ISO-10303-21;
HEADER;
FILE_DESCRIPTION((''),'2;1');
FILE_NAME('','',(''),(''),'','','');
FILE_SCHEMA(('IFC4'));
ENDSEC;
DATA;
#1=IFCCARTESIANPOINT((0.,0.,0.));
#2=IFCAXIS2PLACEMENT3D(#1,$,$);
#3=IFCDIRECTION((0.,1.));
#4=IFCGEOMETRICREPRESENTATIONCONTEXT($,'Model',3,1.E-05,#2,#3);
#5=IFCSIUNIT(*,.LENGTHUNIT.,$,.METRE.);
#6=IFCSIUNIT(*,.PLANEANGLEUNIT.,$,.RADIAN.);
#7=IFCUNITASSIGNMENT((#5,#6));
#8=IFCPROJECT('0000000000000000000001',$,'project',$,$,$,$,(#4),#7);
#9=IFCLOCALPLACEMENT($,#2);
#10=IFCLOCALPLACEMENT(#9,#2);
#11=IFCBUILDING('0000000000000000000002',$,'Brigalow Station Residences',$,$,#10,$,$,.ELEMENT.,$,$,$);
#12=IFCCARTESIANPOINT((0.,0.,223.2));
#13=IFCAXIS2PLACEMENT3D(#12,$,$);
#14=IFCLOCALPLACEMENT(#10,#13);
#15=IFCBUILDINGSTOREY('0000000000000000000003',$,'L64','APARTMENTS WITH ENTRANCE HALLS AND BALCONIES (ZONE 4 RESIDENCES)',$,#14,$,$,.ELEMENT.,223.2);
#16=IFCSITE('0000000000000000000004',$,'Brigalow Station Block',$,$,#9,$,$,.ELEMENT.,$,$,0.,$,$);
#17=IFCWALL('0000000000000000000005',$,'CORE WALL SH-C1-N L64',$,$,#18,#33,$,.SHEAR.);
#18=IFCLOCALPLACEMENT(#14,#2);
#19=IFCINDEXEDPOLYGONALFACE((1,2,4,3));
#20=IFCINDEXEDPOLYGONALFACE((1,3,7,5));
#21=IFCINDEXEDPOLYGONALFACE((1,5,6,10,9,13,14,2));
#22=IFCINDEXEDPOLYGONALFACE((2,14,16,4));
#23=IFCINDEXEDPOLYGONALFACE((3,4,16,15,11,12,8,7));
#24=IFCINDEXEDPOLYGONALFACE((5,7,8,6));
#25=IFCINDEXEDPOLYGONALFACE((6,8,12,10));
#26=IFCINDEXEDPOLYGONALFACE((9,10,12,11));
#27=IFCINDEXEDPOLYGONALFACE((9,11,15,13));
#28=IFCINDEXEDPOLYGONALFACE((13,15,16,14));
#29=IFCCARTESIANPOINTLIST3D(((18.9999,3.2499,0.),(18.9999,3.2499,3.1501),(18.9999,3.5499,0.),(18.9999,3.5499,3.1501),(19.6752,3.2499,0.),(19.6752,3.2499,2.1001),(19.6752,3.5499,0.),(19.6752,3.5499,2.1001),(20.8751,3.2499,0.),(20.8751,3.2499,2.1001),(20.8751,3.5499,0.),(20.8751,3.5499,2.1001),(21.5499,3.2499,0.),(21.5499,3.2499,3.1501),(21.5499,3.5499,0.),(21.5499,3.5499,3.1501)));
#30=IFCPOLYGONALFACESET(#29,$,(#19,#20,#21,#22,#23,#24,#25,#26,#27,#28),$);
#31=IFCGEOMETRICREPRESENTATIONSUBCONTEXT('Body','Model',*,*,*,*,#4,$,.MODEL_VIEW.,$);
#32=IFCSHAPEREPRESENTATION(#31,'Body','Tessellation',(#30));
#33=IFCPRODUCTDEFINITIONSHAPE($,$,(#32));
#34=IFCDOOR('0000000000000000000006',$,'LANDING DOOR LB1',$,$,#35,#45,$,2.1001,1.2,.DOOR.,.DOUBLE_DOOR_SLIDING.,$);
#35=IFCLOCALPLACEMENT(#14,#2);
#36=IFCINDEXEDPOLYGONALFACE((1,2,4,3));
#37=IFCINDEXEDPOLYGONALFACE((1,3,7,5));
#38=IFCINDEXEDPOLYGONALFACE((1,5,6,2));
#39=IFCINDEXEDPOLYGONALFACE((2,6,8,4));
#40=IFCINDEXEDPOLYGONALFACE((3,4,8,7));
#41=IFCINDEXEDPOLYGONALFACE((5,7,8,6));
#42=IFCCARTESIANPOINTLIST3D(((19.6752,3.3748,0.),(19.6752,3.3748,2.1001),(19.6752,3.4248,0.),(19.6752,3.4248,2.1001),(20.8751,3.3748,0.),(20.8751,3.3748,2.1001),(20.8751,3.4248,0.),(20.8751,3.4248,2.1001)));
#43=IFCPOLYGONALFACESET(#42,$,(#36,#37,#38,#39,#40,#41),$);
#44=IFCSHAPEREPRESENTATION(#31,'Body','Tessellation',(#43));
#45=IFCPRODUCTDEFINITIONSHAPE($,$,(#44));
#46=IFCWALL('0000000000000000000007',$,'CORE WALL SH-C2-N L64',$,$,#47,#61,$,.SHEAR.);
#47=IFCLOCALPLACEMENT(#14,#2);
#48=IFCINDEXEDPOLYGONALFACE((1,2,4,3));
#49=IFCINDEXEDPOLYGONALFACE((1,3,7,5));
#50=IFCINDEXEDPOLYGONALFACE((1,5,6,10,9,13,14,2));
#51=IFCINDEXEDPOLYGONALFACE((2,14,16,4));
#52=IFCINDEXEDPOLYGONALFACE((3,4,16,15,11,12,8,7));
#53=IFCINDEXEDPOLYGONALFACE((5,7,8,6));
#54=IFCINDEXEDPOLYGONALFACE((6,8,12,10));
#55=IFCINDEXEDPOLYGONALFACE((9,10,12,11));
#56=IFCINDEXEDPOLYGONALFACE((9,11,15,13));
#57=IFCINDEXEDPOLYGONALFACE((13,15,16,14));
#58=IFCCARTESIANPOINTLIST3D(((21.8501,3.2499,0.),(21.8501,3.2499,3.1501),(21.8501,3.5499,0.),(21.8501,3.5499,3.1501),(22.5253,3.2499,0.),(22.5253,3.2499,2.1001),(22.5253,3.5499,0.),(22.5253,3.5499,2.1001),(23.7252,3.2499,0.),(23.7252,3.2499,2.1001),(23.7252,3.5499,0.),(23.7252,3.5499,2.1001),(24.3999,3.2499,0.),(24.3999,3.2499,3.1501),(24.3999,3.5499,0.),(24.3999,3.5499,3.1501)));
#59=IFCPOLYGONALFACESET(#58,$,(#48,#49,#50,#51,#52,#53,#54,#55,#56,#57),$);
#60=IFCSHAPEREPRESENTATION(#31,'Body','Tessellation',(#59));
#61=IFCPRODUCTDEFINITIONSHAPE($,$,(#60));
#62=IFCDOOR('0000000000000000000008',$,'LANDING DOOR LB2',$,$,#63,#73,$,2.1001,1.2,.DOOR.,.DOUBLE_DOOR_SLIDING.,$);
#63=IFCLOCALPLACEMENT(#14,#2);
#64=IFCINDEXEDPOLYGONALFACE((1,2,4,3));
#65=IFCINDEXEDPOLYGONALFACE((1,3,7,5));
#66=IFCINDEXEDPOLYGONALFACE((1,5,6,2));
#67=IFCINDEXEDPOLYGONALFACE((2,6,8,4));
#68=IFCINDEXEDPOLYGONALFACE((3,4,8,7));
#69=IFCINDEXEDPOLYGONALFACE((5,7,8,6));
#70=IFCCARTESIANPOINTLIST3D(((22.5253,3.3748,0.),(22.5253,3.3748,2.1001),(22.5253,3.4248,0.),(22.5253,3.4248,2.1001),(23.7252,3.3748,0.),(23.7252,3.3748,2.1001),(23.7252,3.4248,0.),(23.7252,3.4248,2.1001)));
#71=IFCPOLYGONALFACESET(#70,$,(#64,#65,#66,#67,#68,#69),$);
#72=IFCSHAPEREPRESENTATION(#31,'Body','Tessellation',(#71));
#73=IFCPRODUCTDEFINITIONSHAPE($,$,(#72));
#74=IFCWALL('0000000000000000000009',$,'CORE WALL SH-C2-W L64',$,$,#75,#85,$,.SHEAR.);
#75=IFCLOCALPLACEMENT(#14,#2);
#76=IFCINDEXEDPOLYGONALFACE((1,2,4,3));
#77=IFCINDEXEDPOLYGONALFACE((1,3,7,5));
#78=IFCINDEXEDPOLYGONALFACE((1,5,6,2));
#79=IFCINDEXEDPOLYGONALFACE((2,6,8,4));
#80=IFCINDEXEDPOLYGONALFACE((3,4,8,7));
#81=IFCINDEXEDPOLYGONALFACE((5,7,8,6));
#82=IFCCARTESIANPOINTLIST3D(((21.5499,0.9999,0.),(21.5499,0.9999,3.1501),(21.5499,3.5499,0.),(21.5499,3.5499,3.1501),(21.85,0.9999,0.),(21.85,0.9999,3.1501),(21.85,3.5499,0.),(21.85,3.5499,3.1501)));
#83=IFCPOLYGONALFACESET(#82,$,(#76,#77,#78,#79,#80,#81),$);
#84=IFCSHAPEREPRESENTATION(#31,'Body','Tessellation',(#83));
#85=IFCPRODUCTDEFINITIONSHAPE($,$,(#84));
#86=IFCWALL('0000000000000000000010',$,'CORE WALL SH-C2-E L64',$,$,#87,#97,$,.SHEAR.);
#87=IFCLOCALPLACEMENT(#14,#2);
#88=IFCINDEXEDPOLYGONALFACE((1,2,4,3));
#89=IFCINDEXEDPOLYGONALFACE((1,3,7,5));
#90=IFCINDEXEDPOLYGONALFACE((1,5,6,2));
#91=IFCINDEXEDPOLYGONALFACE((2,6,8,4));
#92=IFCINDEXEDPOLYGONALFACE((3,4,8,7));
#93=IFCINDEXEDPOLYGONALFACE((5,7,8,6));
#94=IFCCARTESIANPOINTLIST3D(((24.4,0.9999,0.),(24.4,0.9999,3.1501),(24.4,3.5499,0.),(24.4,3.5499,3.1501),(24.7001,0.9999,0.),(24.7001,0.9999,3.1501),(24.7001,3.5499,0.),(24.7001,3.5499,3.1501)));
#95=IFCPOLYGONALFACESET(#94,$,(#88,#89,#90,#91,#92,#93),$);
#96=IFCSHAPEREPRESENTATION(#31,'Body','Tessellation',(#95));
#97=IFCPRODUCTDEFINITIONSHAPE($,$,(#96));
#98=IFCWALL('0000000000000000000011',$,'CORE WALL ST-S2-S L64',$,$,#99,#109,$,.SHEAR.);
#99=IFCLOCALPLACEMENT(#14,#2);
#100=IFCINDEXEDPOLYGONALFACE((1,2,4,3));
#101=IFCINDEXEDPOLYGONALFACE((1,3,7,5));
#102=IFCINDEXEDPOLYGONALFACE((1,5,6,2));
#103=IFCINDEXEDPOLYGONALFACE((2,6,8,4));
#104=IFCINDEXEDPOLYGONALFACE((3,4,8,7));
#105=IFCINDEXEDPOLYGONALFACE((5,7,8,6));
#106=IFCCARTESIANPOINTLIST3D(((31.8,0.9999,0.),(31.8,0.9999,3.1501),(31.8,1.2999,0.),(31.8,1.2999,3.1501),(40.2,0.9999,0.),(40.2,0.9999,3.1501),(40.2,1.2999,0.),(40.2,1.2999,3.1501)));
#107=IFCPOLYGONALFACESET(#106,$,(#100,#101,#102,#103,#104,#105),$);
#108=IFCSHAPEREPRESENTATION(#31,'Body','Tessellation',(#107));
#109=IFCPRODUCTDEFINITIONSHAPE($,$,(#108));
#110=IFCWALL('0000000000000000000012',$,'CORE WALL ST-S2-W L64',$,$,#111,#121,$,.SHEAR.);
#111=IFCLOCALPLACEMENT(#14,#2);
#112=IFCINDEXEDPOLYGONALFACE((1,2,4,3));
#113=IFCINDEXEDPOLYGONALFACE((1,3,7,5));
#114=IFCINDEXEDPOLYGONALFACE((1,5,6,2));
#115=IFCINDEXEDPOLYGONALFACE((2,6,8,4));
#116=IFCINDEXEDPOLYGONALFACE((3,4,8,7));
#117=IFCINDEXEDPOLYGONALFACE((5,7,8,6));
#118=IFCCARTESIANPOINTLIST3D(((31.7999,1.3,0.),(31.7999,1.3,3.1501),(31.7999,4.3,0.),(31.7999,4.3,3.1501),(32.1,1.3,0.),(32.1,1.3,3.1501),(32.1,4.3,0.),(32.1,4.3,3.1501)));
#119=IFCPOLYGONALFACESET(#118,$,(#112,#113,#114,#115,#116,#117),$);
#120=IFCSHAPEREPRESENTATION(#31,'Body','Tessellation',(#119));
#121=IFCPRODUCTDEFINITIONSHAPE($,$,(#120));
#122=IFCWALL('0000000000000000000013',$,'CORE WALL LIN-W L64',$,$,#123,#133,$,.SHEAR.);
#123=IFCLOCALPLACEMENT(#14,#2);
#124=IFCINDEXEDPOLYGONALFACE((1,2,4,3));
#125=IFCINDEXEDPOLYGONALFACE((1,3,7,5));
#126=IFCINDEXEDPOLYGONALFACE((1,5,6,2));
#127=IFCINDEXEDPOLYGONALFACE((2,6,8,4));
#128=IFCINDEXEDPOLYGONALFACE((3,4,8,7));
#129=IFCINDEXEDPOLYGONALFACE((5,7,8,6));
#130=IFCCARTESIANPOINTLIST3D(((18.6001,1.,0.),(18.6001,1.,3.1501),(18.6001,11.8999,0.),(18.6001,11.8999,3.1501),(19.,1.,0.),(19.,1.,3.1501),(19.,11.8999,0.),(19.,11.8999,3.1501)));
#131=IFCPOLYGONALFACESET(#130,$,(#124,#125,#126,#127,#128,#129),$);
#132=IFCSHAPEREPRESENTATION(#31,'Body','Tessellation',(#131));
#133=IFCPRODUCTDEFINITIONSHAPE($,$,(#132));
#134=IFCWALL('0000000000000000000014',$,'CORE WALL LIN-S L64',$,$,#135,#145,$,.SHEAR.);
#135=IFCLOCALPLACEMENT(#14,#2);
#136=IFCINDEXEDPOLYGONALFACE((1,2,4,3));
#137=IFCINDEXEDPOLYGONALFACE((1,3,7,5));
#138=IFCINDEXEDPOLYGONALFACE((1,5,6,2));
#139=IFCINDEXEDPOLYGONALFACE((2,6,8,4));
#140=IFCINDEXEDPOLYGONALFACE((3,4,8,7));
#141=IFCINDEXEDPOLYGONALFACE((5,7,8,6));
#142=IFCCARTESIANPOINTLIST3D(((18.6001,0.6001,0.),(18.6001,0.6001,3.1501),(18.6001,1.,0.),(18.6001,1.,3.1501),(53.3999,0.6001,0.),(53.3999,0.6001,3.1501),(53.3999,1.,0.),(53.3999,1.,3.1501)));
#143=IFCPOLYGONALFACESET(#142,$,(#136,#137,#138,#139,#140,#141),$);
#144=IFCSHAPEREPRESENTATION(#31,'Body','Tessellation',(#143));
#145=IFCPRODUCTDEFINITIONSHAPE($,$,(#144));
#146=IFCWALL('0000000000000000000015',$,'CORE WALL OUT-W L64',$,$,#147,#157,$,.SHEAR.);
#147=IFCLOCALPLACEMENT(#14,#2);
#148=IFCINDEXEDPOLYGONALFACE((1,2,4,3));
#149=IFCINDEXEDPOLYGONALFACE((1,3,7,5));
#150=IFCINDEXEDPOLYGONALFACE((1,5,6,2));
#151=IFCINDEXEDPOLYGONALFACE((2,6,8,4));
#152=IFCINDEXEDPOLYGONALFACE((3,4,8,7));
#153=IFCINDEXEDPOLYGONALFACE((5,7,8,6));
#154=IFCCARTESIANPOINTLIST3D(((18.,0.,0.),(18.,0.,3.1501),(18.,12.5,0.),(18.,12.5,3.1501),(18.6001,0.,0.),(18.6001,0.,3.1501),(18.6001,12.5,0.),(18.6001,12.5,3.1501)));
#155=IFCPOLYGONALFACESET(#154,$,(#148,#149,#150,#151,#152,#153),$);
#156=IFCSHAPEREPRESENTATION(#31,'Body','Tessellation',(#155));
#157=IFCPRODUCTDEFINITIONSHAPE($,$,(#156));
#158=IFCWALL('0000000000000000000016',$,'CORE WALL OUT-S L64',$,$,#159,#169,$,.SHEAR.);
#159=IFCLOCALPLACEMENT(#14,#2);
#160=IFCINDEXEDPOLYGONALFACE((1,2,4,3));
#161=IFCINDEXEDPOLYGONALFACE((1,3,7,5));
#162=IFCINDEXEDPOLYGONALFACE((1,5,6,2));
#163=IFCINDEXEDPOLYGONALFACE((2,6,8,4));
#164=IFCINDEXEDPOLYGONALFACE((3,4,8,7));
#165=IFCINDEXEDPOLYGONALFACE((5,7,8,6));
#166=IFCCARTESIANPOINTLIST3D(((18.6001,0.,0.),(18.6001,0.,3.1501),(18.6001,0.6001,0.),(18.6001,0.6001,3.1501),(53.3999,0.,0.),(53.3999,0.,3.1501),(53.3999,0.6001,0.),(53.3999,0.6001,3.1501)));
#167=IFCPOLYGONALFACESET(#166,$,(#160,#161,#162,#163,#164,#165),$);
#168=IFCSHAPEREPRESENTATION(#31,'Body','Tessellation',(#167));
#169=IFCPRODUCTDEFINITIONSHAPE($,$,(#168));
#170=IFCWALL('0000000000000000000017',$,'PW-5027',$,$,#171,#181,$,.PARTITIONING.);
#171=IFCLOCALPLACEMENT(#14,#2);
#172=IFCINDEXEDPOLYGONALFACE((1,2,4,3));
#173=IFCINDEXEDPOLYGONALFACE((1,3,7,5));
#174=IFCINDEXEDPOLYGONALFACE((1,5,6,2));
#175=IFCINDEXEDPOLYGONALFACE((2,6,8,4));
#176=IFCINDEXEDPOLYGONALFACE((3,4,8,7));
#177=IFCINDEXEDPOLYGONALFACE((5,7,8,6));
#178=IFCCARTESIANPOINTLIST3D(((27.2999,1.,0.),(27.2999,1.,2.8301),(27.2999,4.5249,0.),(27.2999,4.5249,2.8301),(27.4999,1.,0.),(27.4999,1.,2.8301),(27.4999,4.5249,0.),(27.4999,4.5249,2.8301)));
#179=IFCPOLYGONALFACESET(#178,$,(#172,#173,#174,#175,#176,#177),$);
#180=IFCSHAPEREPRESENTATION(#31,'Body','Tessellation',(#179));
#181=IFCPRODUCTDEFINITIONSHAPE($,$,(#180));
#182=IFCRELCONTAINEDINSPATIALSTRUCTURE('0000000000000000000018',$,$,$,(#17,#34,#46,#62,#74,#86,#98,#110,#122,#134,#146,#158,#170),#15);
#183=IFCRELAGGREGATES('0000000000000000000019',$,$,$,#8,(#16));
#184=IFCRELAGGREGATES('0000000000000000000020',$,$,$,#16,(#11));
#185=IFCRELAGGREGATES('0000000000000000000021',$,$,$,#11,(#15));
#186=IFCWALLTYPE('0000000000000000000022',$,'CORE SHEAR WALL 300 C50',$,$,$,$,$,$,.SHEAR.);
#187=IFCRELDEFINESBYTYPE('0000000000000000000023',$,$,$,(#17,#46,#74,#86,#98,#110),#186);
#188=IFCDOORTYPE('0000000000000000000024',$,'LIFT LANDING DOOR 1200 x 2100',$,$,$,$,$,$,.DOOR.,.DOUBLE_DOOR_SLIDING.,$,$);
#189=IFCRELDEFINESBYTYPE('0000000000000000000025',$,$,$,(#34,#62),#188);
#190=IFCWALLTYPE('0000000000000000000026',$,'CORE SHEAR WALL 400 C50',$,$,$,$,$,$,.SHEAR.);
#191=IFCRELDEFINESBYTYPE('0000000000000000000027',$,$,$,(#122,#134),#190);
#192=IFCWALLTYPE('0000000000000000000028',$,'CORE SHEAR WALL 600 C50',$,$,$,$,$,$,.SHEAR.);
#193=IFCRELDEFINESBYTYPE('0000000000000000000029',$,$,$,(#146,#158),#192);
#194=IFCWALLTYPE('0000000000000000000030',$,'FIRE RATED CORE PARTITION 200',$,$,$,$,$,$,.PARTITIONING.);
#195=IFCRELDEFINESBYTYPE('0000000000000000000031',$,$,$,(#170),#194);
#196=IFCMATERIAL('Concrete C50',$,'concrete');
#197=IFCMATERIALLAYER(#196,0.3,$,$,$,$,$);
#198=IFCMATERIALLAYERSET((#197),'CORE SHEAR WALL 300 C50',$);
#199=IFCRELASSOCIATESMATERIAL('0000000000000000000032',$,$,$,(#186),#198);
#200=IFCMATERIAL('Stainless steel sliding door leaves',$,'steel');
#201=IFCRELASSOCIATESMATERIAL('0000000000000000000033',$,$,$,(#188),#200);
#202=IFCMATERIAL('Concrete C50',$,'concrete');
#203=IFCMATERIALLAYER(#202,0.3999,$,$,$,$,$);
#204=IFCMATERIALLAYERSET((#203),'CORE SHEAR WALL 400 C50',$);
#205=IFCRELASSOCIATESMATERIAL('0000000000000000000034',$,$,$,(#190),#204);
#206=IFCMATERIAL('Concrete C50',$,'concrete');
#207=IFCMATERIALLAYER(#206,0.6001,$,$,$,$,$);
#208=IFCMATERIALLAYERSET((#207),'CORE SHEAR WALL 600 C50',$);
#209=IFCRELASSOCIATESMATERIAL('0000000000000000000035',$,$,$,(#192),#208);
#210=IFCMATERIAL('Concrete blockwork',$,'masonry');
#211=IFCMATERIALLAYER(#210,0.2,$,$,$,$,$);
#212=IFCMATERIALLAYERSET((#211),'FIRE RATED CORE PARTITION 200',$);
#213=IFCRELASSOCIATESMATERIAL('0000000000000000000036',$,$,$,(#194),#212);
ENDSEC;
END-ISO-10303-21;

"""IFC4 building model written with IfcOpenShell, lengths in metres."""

from ifc_helpers import new_model, si_unit, direction, frame, frame_2d, origin, place, context, subcontext, project, spatial, rectangle, extrude, material, layer, layer_set, type_object, element, fill, save


model = new_model("IFC4")

# Units and contexts
model_context = context("Model", 3, precision=1e-05, world=origin(), true_north=direction((0.0, 1.0)))
body_context = subcontext(model_context, "Body", "Model", "MODEL_VIEW")
ifc_project = project(units=[si_unit("LENGTHUNIT", "METRE"), si_unit("PLANEANGLEUNIT", "RADIAN")], contexts=[model_context])

# Site, building, storey
site_placement = place(None, origin())
site = spatial("IfcSite", under=ifc_project, at=site_placement, Name="Brigalow Station Block", CompositionType="ELEMENT", RefElevation=0.0)
building_placement = place(site_placement, origin())
building = spatial("IfcBuilding", under=site, at=building_placement, Name="Brigalow Station Residences", CompositionType="ELEMENT")
storey_placement = place(building_placement, frame((0.0, 0.0, 223.2)))
storey = spatial("IfcBuildingStorey", under=building, at=storey_placement, Name="L64", Description="APARTMENTS WITH ENTRANCE HALLS AND BALCONIES (ZONE 4 RESIDENCES)", CompositionType="ELEMENT", Elevation=223.2)

# Walls, openings, doors
ifc_material_1 = material(Name="Concrete C50", Category="concrete")
ifc_layer_1 = layer(ifc_material_1, 0.3)
ifc_layer_set_1 = layer_set([ifc_layer_1], Name="CORE SHEAR WALL 300 C50")
wall_type_1 = type_object("IfcWallType", Name="CORE SHEAR WALL 300 C50", PredefinedType="SHEAR", material=ifc_layer_set_1)
wall_1_placement = place(storey_placement, frame((19.0, 3.3999, 0.0), z_axis=(0.0, 0.0, 1.0), x_axis=(1.0, 0.0, 0.0)))
wall_1 = element("IfcWall", 1, at=wall_1_placement, inside=storey, type_object=wall_type_1, Name="CORE WALL SH-C1-N L64", PredefinedType="SHEAR", context=body_context, shape_type="SweptSolid", body=[
    extrude(rectangle(XDim=2.55, YDim=0.3, at=frame_2d((1.2749, 0.0))), origin(), (0.0, 0.0, 1.0), 3.1501),
])
opening_1_placement = place(wall_1_placement, frame((0.675, 0.0, 0.0)))
opening_1 = element("IfcOpeningElement", 2, at=opening_1_placement, cuts=wall_1, PredefinedType="OPENING", context=body_context, shape_type="SweptSolid", body=[
    extrude(rectangle(XDim=1.2, YDim=2.1001, at=frame_2d((0.6001, 1.05))), frame((0.0, 0.1602, 0.0), z_axis=(0.0, -1.0, 0.0), x_axis=(1.0, 0.0, 0.0)), (0.0, 0.0, 1.0), 0.3201),
])
ifc_material_2 = material(Name="Stainless steel sliding door leaves", Category="steel")
door_type = type_object("IfcDoorType", Name="LIFT LANDING DOOR 1200 x 2100", OperationType="DOUBLE_DOOR_SLIDING", PredefinedType="DOOR", material=ifc_material_2)
door_1_placement = place(opening_1_placement, origin())
door_1 = element("IfcDoor", 3, at=door_1_placement, inside=storey, type_object=door_type, Name="LANDING DOOR LB1", OperationType="DOUBLE_DOOR_SLIDING", OverallHeight=2.1001, OverallWidth=1.2, PredefinedType="DOOR", context=body_context, shape_type="SweptSolid", body=[
    extrude(rectangle(XDim=1.2, YDim=2.1001, at=frame_2d((0.6001, 1.05))), frame((0.0, 0.0249, 0.0), z_axis=(0.0, -1.0, 0.0), x_axis=(1.0, 0.0, 0.0)), (0.0, 0.0, 1.0), 0.05),
])
fill(opening_1, door_1)
wall_2_placement = place(storey_placement, frame((21.8501, 3.3999, 0.0), z_axis=(0.0, 0.0, 1.0), x_axis=(1.0, 0.0, 0.0)))
wall_2 = element("IfcWall", 4, at=wall_2_placement, inside=storey, type_object=wall_type_1, Name="CORE WALL SH-C2-N L64", PredefinedType="SHEAR", context=body_context, shape_type="SweptSolid", body=[
    extrude(rectangle(XDim=2.5498, YDim=0.3, at=frame_2d((1.2749, 0.0))), origin(), (0.0, 0.0, 1.0), 3.1501),
])
opening_2_placement = place(wall_2_placement, frame((0.675, 0.0, 0.0)))
opening_2 = element("IfcOpeningElement", 5, at=opening_2_placement, cuts=wall_2, PredefinedType="OPENING", context=body_context, shape_type="SweptSolid", body=[
    extrude(rectangle(XDim=1.2, YDim=2.1001, at=frame_2d((0.6001, 1.05))), frame((0.0, 0.1602, 0.0), z_axis=(0.0, -1.0, 0.0), x_axis=(1.0, 0.0, 0.0)), (0.0, 0.0, 1.0), 0.3201),
])
door_2_placement = place(opening_2_placement, origin())
door_2 = element("IfcDoor", 6, at=door_2_placement, inside=storey, type_object=door_type, Name="LANDING DOOR LB2", OperationType="DOUBLE_DOOR_SLIDING", OverallHeight=2.1001, OverallWidth=1.2, PredefinedType="DOOR", context=body_context, shape_type="SweptSolid", body=[
    extrude(rectangle(XDim=1.2, YDim=2.1001, at=frame_2d((0.6001, 1.05))), frame((0.0, 0.0249, 0.0), z_axis=(0.0, -1.0, 0.0), x_axis=(1.0, 0.0, 0.0)), (0.0, 0.0, 1.0), 0.05),
])
fill(opening_2, door_2)

# Walls
for number, where, z_axis, x_axis, name in (
    (7, (21.7, 1.0, 0.0), (0.0, 0.0, 1.0), (0.0, 1.0, 0.0), "CORE WALL SH-C2-W L64"),
    (8, (24.55, 1.0, 0.0), (0.0, 0.0, 1.0), (0.0, 1.0, 0.0), "CORE WALL SH-C2-E L64"),
):
    element("IfcWall", number, at=place(storey_placement, frame(where, z_axis=z_axis, x_axis=x_axis)), inside=storey, type_object=wall_type_1, Name=name, PredefinedType="SHEAR", context=body_context, shape_type="SweptSolid", body=[
        extrude(rectangle(XDim=2.55, YDim=0.3, at=frame_2d((1.2749, 0.0))), origin(), (0.0, 0.0, 1.0), 3.1501),
    ])
wall_3_placement = place(storey_placement, frame((31.8, 1.1499, 0.0), z_axis=(0.0, 0.0, 1.0), x_axis=(1.0, 0.0, 0.0)))
element("IfcWall", 9, at=wall_3_placement, inside=storey, type_object=wall_type_1, Name="CORE WALL ST-S2-S L64", PredefinedType="SHEAR", context=body_context, shape_type="SweptSolid", body=[
    extrude(rectangle(XDim=8.3999, YDim=0.3, at=frame_2d((4.2, 0.0))), origin(), (0.0, 0.0, 1.0), 3.1501),
])
wall_4_placement = place(storey_placement, frame((31.95, 1.3, 0.0), z_axis=(0.0, 0.0, 1.0), x_axis=(0.0, 1.0, 0.0)))
element("IfcWall", 10, at=wall_4_placement, inside=storey, type_object=wall_type_1, Name="CORE WALL ST-S2-W L64", PredefinedType="SHEAR", context=body_context, shape_type="SweptSolid", body=[
    extrude(rectangle(XDim=3.0, YDim=0.3, at=frame_2d((1.5, 0.0))), origin(), (0.0, 0.0, 1.0), 3.1501),
])
ifc_material_3 = material(Name="Concrete C50", Category="concrete")
ifc_layer_2 = layer(ifc_material_3, 0.3999)
ifc_layer_set_2 = layer_set([ifc_layer_2], Name="CORE SHEAR WALL 400 C50")
wall_type_2 = type_object("IfcWallType", Name="CORE SHEAR WALL 400 C50", PredefinedType="SHEAR", material=ifc_layer_set_2)
wall_5_placement = place(storey_placement, frame((18.8, 1.0, 0.0), z_axis=(0.0, 0.0, 1.0), x_axis=(0.0, 1.0, 0.0)))
element("IfcWall", 11, at=wall_5_placement, inside=storey, type_object=wall_type_2, Name="CORE WALL LIN-W L64", PredefinedType="SHEAR", context=body_context, shape_type="SweptSolid", body=[
    extrude(rectangle(XDim=10.8999, YDim=0.3999, at=frame_2d((5.45, 0.0))), origin(), (0.0, 0.0, 1.0), 3.1501),
])
wall_6_placement = place(storey_placement, frame((18.6001, 0.8, 0.0), z_axis=(0.0, 0.0, 1.0), x_axis=(1.0, 0.0, 0.0)))
element("IfcWall", 12, at=wall_6_placement, inside=storey, type_object=wall_type_2, Name="CORE WALL LIN-S L64", PredefinedType="SHEAR", context=body_context, shape_type="SweptSolid", body=[
    extrude(rectangle(XDim=34.7998, YDim=0.3999, at=frame_2d((17.3999, 0.0))), origin(), (0.0, 0.0, 1.0), 3.1501),
])
ifc_material_4 = material(Name="Concrete C50", Category="concrete")
ifc_layer_3 = layer(ifc_material_4, 0.6001)
ifc_layer_set_3 = layer_set([ifc_layer_3], Name="CORE SHEAR WALL 600 C50")
wall_type_3 = type_object("IfcWallType", Name="CORE SHEAR WALL 600 C50", PredefinedType="SHEAR", material=ifc_layer_set_3)
wall_7_placement = place(storey_placement, frame((18.3, 0.0, 0.0), z_axis=(0.0, 0.0, 1.0), x_axis=(0.0, 1.0, 0.0)))
element("IfcWall", 13, at=wall_7_placement, inside=storey, type_object=wall_type_3, Name="CORE WALL OUT-W L64", PredefinedType="SHEAR", context=body_context, shape_type="SweptSolid", body=[
    extrude(rectangle(XDim=12.5, YDim=0.6001, at=frame_2d((6.25, 0.0))), origin(), (0.0, 0.0, 1.0), 3.1501),
])
wall_8_placement = place(storey_placement, frame((18.6001, 0.3, 0.0), z_axis=(0.0, 0.0, 1.0), x_axis=(1.0, 0.0, 0.0)))
element("IfcWall", 14, at=wall_8_placement, inside=storey, type_object=wall_type_3, Name="CORE WALL OUT-S L64", PredefinedType="SHEAR", context=body_context, shape_type="SweptSolid", body=[
    extrude(rectangle(XDim=34.7998, YDim=0.6001, at=frame_2d((17.3999, 0.0))), origin(), (0.0, 0.0, 1.0), 3.1501),
])
ifc_material_5 = material(Name="Concrete blockwork", Category="masonry")
ifc_layer_4 = layer(ifc_material_5, 0.2)
ifc_layer_set_4 = layer_set([ifc_layer_4], Name="FIRE RATED CORE PARTITION 200")
wall_type_4 = type_object("IfcWallType", Name="FIRE RATED CORE PARTITION 200", PredefinedType="PARTITIONING", material=ifc_layer_set_4)
wall_9_placement = place(storey_placement, frame((27.3999, 1.0, 0.0), z_axis=(0.0, 0.0, 1.0), x_axis=(0.0, 1.0, 0.0)))
element("IfcWall", 15, at=wall_9_placement, inside=storey, type_object=wall_type_4, Name="PW-5027", PredefinedType="PARTITIONING", context=body_context, shape_type="SweptSolid", body=[
    extrude(rectangle(XDim=3.5249, YDim=0.2, at=frame_2d((1.7625, 0.0))), origin(), (0.0, 0.0, 1.0), 2.8301),
])

save(model, "model.ifc")
